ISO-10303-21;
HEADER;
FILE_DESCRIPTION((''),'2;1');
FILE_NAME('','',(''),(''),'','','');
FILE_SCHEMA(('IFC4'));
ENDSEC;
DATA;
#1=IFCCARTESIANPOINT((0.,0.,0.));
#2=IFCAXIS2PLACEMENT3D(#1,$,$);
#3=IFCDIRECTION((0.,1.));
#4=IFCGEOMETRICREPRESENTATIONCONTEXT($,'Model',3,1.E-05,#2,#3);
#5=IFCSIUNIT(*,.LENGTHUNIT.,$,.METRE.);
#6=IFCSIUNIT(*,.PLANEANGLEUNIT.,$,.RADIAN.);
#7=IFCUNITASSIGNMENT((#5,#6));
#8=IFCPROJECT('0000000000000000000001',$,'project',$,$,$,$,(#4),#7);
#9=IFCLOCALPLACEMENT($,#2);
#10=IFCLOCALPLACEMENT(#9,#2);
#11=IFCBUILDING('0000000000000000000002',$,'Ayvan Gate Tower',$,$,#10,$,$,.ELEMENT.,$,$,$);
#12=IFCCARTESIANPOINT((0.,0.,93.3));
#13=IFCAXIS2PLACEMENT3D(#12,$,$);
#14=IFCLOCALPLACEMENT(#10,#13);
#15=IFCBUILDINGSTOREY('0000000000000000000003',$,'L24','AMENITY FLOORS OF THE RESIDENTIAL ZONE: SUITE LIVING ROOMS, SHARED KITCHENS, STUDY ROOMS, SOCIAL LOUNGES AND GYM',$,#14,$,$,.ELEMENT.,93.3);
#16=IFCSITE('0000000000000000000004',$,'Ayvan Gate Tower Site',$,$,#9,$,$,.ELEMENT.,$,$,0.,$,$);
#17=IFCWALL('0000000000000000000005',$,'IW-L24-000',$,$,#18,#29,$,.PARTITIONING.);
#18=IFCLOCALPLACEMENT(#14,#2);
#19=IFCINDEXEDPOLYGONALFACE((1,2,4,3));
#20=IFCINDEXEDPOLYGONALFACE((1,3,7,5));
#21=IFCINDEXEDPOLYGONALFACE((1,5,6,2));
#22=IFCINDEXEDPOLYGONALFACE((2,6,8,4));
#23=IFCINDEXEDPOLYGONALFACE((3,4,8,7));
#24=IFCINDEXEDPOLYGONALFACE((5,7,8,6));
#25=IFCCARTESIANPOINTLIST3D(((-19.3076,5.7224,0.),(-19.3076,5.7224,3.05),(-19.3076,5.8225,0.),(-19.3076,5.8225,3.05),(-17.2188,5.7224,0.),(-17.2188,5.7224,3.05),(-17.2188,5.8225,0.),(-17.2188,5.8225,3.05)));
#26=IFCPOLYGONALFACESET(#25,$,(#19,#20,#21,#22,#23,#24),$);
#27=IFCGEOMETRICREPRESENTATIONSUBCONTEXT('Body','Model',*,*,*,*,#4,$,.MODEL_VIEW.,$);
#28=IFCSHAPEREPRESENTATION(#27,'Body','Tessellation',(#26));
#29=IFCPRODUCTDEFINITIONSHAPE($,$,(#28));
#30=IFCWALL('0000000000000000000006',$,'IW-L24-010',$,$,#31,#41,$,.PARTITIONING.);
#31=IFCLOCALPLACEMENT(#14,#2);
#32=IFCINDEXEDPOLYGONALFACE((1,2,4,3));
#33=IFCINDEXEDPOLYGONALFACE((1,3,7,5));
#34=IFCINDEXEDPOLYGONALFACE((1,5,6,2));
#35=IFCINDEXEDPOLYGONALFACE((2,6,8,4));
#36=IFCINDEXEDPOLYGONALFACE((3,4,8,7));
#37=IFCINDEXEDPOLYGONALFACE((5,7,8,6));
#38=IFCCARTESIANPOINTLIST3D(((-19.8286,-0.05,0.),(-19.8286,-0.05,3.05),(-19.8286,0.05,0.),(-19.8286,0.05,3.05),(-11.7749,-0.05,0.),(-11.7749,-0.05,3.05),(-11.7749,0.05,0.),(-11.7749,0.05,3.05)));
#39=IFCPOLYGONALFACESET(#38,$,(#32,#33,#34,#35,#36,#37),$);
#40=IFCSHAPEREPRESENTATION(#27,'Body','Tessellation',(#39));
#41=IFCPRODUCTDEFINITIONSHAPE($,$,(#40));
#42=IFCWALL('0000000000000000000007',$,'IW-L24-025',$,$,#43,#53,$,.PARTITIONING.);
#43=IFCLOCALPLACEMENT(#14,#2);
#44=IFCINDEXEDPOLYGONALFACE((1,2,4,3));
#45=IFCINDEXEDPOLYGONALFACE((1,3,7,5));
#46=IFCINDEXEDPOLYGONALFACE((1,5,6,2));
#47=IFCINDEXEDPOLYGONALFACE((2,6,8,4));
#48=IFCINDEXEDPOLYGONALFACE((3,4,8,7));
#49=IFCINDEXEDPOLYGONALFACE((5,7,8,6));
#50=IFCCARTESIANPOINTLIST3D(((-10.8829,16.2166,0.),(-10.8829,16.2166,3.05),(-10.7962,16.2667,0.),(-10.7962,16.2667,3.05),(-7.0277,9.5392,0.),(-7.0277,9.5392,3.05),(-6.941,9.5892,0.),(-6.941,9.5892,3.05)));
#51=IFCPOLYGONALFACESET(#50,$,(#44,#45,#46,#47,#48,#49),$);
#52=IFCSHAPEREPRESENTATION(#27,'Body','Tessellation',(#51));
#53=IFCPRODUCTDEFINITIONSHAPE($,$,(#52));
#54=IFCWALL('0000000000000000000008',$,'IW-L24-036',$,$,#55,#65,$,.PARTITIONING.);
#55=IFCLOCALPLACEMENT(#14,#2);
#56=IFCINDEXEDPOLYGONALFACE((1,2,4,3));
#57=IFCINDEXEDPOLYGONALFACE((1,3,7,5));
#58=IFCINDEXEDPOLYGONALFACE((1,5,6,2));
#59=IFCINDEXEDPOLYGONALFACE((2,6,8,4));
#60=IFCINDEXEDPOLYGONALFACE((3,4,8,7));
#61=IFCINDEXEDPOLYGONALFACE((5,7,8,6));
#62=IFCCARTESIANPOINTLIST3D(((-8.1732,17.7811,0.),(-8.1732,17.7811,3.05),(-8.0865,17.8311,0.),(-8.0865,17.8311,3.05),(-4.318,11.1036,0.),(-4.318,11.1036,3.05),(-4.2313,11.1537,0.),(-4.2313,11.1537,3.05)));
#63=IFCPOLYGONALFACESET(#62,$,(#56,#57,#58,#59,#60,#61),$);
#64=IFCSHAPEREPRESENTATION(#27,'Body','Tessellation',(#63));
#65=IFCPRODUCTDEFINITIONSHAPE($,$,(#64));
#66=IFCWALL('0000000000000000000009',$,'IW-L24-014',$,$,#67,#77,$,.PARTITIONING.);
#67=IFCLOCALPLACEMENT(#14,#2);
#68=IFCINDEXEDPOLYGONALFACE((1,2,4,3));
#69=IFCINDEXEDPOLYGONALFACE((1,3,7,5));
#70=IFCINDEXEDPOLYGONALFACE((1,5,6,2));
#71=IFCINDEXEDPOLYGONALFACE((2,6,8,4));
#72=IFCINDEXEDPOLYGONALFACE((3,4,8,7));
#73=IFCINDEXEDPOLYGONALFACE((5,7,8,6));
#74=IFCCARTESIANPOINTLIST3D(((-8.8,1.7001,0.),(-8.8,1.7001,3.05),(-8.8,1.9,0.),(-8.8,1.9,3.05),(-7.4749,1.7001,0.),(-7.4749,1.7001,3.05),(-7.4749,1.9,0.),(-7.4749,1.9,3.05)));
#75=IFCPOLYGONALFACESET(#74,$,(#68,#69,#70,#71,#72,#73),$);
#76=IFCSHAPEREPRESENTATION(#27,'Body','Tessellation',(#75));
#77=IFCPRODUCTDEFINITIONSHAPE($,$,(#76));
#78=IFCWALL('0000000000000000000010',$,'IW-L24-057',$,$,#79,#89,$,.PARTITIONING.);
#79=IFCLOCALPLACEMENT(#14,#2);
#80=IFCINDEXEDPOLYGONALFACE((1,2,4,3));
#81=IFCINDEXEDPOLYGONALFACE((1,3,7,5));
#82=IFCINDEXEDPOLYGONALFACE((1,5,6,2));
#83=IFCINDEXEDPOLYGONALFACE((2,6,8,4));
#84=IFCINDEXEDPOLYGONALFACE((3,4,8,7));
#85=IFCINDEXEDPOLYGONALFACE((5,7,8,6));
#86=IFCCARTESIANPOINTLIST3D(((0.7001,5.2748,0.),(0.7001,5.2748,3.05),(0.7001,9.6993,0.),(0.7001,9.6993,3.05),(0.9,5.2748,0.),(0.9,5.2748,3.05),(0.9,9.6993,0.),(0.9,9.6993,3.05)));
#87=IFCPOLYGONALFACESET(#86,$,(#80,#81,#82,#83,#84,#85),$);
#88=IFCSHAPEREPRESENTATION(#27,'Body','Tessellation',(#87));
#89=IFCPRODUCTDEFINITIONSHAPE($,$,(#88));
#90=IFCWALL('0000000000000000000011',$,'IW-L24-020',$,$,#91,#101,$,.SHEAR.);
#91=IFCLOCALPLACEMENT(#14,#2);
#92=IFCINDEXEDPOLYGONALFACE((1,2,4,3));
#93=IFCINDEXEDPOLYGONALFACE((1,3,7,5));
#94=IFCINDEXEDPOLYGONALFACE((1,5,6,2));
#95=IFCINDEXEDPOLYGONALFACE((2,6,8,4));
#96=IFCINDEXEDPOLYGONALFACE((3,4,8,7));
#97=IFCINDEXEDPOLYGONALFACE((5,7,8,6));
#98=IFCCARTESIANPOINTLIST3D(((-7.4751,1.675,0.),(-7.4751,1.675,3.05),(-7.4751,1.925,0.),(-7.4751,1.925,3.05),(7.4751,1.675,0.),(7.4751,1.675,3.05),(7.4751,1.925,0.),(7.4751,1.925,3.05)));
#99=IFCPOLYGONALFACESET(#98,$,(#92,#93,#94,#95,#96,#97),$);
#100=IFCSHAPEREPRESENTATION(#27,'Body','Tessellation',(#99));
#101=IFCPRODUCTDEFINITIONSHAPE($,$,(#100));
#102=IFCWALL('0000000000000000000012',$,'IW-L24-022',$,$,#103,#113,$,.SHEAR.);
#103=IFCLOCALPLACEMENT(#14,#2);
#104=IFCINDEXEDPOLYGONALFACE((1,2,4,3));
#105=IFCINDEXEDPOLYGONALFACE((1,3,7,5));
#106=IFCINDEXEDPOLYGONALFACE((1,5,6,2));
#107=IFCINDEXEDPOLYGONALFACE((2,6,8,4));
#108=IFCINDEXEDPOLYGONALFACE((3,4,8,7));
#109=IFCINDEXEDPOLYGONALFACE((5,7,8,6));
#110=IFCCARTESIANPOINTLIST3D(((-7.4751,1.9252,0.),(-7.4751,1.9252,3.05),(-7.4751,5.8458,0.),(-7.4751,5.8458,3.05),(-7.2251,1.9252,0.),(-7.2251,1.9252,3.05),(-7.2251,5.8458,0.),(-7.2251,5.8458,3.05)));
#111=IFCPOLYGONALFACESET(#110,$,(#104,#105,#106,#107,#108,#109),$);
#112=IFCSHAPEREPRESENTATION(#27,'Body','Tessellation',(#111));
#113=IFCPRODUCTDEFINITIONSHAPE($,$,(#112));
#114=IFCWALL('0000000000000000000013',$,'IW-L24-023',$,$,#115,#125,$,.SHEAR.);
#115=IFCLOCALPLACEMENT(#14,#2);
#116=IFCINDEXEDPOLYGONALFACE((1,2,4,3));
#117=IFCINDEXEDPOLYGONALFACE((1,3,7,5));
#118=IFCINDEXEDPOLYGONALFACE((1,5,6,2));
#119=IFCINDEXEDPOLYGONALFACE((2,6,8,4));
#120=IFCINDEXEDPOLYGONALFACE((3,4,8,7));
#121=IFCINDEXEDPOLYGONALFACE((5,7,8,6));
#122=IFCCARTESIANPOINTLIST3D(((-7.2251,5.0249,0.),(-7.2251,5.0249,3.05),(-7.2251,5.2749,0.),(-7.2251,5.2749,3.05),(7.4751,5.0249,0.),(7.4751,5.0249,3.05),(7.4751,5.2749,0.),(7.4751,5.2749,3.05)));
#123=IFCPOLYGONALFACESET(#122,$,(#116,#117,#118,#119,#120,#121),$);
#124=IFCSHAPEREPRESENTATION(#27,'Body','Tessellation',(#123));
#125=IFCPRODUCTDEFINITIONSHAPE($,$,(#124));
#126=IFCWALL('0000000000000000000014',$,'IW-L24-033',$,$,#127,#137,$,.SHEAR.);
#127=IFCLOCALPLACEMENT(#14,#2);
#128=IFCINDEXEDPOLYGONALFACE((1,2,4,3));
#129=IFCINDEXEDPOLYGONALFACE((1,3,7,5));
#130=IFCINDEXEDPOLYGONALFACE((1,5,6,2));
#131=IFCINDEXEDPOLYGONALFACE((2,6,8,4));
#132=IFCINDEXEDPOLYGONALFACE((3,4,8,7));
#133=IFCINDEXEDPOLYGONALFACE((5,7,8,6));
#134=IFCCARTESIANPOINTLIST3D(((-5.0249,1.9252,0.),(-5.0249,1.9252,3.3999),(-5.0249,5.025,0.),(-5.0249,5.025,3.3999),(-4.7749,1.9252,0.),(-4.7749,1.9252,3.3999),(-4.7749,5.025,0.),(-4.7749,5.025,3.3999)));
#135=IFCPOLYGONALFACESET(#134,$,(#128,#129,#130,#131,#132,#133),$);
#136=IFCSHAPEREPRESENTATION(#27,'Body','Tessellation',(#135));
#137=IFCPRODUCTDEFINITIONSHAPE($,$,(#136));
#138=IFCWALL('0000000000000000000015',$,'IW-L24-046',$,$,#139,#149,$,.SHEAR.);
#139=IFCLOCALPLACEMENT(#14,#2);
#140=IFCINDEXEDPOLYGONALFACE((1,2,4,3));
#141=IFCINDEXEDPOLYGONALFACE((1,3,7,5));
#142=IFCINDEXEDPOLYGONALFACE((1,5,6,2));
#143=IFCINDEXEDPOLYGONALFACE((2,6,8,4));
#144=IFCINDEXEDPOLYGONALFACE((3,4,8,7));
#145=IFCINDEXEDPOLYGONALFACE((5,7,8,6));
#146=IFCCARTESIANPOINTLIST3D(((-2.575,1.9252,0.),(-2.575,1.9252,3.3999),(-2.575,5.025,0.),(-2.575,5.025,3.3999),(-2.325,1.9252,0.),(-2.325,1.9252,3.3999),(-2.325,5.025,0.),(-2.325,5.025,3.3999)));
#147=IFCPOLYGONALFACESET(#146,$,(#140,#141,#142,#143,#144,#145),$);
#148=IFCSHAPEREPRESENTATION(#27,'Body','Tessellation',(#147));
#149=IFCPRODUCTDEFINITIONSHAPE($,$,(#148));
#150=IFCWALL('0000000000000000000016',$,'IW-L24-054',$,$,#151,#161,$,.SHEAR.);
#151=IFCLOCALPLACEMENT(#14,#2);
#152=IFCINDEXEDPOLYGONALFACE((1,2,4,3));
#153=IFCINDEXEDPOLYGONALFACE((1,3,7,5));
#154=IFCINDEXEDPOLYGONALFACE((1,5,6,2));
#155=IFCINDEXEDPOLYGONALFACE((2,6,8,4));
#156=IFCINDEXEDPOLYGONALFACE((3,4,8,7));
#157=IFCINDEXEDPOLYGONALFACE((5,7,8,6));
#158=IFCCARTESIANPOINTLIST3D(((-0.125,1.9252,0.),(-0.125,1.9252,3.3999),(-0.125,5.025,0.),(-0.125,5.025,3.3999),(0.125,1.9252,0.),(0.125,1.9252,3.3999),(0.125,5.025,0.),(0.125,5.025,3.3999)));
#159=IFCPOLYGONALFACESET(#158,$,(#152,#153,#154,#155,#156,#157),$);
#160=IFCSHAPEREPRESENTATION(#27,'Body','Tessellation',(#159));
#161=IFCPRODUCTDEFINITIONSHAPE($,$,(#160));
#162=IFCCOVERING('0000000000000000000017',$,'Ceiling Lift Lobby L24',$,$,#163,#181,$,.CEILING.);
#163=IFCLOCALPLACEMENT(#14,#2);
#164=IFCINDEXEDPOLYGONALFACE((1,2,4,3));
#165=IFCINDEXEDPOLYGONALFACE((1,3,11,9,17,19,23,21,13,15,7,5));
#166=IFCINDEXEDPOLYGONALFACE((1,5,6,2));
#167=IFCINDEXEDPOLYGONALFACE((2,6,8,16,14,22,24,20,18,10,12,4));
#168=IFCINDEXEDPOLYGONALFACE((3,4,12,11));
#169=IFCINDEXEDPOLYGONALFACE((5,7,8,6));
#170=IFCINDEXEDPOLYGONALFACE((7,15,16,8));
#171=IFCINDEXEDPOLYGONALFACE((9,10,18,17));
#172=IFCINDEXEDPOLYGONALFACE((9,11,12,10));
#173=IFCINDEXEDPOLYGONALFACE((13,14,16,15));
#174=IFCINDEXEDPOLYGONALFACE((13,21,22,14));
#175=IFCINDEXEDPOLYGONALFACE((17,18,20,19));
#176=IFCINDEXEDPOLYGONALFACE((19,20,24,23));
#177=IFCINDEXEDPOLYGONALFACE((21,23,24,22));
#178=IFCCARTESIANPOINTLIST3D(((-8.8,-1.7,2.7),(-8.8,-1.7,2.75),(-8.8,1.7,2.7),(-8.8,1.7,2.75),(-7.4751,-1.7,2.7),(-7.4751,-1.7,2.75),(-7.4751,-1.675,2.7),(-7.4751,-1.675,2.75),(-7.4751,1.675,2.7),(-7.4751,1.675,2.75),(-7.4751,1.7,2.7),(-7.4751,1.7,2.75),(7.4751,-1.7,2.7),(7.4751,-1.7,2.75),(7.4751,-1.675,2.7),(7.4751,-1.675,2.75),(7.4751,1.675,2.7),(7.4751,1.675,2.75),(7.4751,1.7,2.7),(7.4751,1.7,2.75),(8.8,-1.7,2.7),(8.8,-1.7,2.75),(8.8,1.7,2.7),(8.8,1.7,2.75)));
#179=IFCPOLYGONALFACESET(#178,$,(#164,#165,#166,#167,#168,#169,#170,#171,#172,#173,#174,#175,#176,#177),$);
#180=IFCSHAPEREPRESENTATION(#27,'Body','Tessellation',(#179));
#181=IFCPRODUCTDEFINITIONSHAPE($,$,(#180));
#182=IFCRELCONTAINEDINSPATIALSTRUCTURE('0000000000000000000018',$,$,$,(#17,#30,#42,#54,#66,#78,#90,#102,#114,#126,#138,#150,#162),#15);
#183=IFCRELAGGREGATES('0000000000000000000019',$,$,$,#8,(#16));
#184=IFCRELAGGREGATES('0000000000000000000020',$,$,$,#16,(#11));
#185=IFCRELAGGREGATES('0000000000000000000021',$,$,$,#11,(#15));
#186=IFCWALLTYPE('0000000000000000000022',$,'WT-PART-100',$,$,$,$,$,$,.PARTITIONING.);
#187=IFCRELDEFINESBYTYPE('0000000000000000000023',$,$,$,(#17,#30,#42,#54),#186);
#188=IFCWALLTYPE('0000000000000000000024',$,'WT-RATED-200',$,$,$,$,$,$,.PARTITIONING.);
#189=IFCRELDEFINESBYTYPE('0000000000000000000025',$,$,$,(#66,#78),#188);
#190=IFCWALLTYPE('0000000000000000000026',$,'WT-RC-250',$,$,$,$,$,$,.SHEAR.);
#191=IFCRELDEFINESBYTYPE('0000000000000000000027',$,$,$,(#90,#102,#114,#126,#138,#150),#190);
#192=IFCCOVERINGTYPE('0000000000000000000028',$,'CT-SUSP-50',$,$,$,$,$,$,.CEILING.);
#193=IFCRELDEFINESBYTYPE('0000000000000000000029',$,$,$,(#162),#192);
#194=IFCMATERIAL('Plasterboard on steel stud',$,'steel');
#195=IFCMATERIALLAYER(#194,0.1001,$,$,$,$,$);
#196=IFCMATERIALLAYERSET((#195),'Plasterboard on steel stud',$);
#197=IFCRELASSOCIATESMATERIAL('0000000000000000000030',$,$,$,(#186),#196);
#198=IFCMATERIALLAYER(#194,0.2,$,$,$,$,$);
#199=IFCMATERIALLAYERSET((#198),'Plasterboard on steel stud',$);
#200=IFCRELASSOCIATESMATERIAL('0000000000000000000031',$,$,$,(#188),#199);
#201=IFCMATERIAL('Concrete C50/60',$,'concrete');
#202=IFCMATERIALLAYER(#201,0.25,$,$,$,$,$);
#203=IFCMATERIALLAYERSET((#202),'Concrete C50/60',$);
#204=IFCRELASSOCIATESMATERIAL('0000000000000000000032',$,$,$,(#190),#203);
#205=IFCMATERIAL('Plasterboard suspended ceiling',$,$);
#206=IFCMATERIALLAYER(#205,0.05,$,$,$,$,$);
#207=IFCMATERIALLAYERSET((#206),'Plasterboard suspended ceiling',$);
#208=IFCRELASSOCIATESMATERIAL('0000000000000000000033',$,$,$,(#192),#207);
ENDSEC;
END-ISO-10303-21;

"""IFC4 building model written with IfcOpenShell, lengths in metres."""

from ifc_helpers import new_model, si_unit, direction, frame, frame_2d, origin, place, context, subcontext, project, spatial, polyline, rectangle, outline, extrude, material, layer, layer_set, type_object, element, save


model = new_model("IFC4")

# Units and contexts
model_context = context("Model", 3, precision=1e-05, world=origin(), true_north=direction((0.0, 1.0)))
body_context = subcontext(model_context, "Body", "Model", "MODEL_VIEW")
ifc_project = project(units=[si_unit("LENGTHUNIT", "METRE"), si_unit("PLANEANGLEUNIT", "RADIAN")], contexts=[model_context])

# Site, building, storey
site_placement = place(None, origin())
site = spatial("IfcSite", under=ifc_project, at=site_placement, Name="Ayvan Gate Tower Site", CompositionType="ELEMENT", RefElevation=0.0)
building_placement = place(site_placement, origin())
building = spatial("IfcBuilding", under=site, at=building_placement, Name="Ayvan Gate Tower", CompositionType="ELEMENT")
storey_placement = place(building_placement, frame((0.0, 0.0, 93.3)))
storey = spatial("IfcBuildingStorey", under=building, at=storey_placement, Name="L24", Description="AMENITY FLOORS OF THE RESIDENTIAL ZONE: SUITE LIVING ROOMS, SHARED KITCHENS, STUDY ROOMS, SOCIAL LOUNGES AND GYM", CompositionType="ELEMENT", Elevation=93.3)

# Shared definitions
ifc_material_1 = material(Name="Plasterboard on steel stud", Category="steel")

# Walls
ifc_layer_1 = layer(ifc_material_1, 0.1001)
ifc_layer_set_1 = layer_set([ifc_layer_1], Name="Plasterboard on steel stud")
wall_type_1 = type_object("IfcWallType", Name="WT-PART-100", PredefinedType="PARTITIONING", material=ifc_layer_set_1)
wall_1_placement = place(storey_placement, frame((-17.2188, 5.7725, 0.0), z_axis=(0.0, 0.0, 1.0), x_axis=(-1.0, 0.0, 0.0)))
element("IfcWall", 1, at=wall_1_placement, inside=storey, type_object=wall_type_1, Name="IW-L24-000", PredefinedType="PARTITIONING", context=body_context, shape_type="SweptSolid", body=[
    extrude(rectangle(XDim=2.0889, YDim=0.1001, at=frame_2d((1.0444, 0.0))), origin(), (0.0, 0.0, 1.0), 3.05),
])
wall_2_placement = place(storey_placement, frame((-11.7749, 0.0, 0.0), z_axis=(0.0, 0.0, 1.0), x_axis=(-1.0, 0.0, 0.0)))
element("IfcWall", 2, at=wall_2_placement, inside=storey, type_object=wall_type_1, Name="IW-L24-010", PredefinedType="PARTITIONING", context=body_context, shape_type="SweptSolid", body=[
    extrude(rectangle(XDim=8.0537, YDim=0.1001, at=frame_2d((4.0269, 0.0))), origin(), (0.0, 0.0, 1.0), 3.05),
])
for number, where, z_axis, x_axis, name in (
    (3, (-6.9844, 9.5642, 0.0), (0.0, 0.0, 1.0), (-0.499997, 0.866027, 0.0), "IW-L24-025"),
    (4, (-4.2747, 11.1287, 0.0), (0.0, 0.0, 1.0), (-0.499997, 0.866027, 0.0), "IW-L24-036"),
):
    element("IfcWall", number, at=place(storey_placement, frame(where, z_axis=z_axis, x_axis=x_axis)), inside=storey, type_object=wall_type_1, Name=name, PredefinedType="PARTITIONING", context=body_context, shape_type="SweptSolid", body=[
        extrude(rectangle(XDim=7.7104, YDim=0.1001, at=frame_2d((3.8552, 0.0))), origin(), (0.0, 0.0, 1.0), 3.05),
    ])
ifc_layer_2 = layer(ifc_material_1, 0.2)
ifc_layer_set_2 = layer_set([ifc_layer_2], Name="Plasterboard on steel stud")
wall_type_2 = type_object("IfcWallType", Name="WT-RATED-200", PredefinedType="PARTITIONING", material=ifc_layer_set_2)
wall_3_placement = place(storey_placement, frame((-8.8, 1.8, 0.0), z_axis=(0.0, 0.0, 1.0), x_axis=(1.0, 0.0, 0.0)))
element("IfcWall", 5, at=wall_3_placement, inside=storey, type_object=wall_type_2, Name="IW-L24-014", PredefinedType="PARTITIONING", context=body_context, shape_type="SweptSolid", body=[
    extrude(rectangle(XDim=1.3252, YDim=0.2, at=frame_2d((0.6626, 0.0))), origin(), (0.0, 0.0, 1.0), 3.05),
])
wall_4_placement = place(storey_placement, frame((0.8, 9.6995, 0.0), z_axis=(0.0, 0.0, 1.0), x_axis=(0.0, -1.0, 0.0)))
element("IfcWall", 6, at=wall_4_placement, inside=storey, type_object=wall_type_2, Name="IW-L24-057", PredefinedType="PARTITIONING", context=body_context, shape_type="SweptSolid", body=[
    extrude(rectangle(XDim=4.4246, YDim=0.2, at=frame_2d((2.2124, 0.0))), origin(), (0.0, 0.0, 1.0), 3.05),
])
ifc_material_2 = material(Name="Concrete C50/60", Category="concrete")
ifc_layer_3 = layer(ifc_material_2, 0.25)
ifc_layer_set_3 = layer_set([ifc_layer_3], Name="Concrete C50/60")
wall_type_3 = type_object("IfcWallType", Name="WT-RC-250", PredefinedType="SHEAR", material=ifc_layer_set_3)
wall_5_placement = place(storey_placement, frame((-7.4751, 1.8, 0.0), z_axis=(0.0, 0.0, 1.0), x_axis=(1.0, 0.0, 0.0)))
element("IfcWall", 7, at=wall_5_placement, inside=storey, type_object=wall_type_3, Name="IW-L24-020", PredefinedType="SHEAR", context=body_context, shape_type="SweptSolid", body=[
    extrude(rectangle(XDim=14.9502, YDim=0.25, at=frame_2d((7.4751, 0.0))), origin(), (0.0, 0.0, 1.0), 3.05),
])
wall_6_placement = place(storey_placement, frame((-7.3501, 1.925, 0.0), z_axis=(0.0, 0.0, 1.0), x_axis=(0.0, 1.0, 0.0)))
element("IfcWall", 8, at=wall_6_placement, inside=storey, type_object=wall_type_3, Name="IW-L24-022", PredefinedType="SHEAR", context=body_context, shape_type="SweptSolid", body=[
    extrude(rectangle(XDim=3.9207, YDim=0.25, at=frame_2d((1.9604, 0.0))), origin(), (0.0, 0.0, 1.0), 3.05),
])
wall_7_placement = place(storey_placement, frame((-7.2251, 5.1499, 0.0), z_axis=(0.0, 0.0, 1.0), x_axis=(1.0, 0.0, 0.0)))
element("IfcWall", 9, at=wall_7_placement, inside=storey, type_object=wall_type_3, Name="IW-L24-023", PredefinedType="SHEAR", context=body_context, shape_type="SweptSolid", body=[
    extrude(rectangle(XDim=14.7002, YDim=0.25, at=frame_2d((7.3501, 0.0))), origin(), (0.0, 0.0, 1.0), 3.05),
])
for number, where, z_axis, x_axis, name in (
    (10, (-4.8999, 5.0249, 0.0), (0.0, 0.0, 1.0), (0.0, -1.0, 0.0), "IW-L24-033"),
    (11, (-2.45, 5.0249, 0.0), (0.0, 0.0, 1.0), (0.0, -1.0, 0.0), "IW-L24-046"),
    (12, (0.0, 5.0249, 0.0), (0.0, 0.0, 1.0), (0.0, -1.0, 0.0), "IW-L24-054"),
):
    element("IfcWall", number, at=place(storey_placement, frame(where, z_axis=z_axis, x_axis=x_axis)), inside=storey, type_object=wall_type_3, Name=name, PredefinedType="SHEAR", context=body_context, shape_type="SweptSolid", body=[
        extrude(rectangle(XDim=3.0999, YDim=0.25, at=frame_2d((1.5498, 0.0))), origin(), (0.0, 0.0, 1.0), 3.3999),
    ])

# Covering
ifc_material_3 = material(Name="Plasterboard suspended ceiling")
ifc_layer_4 = layer(ifc_material_3, 0.05)
ifc_layer_set_4 = layer_set([ifc_layer_4], Name="Plasterboard suspended ceiling")
covering_type = type_object("IfcCoveringType", Name="CT-SUSP-50", PredefinedType="CEILING", material=ifc_layer_set_4)
covering_1_placement = place(storey_placement, frame((0.0, 0.0, 2.7)))
element("IfcCovering", 13, at=covering_1_placement, inside=storey, type_object=covering_type, Name="Ceiling Lift Lobby L24", PredefinedType="CEILING", context=body_context, shape_type="SweptSolid", body=[
    extrude(outline(polyline([(7.4751, -1.675), (-7.4751, -1.675), (-7.4751, -1.7), (-8.8, -1.7), (-8.8, 1.7), (-7.4751, 1.7), (-7.4751, 1.675), (7.4751, 1.675), (7.4751, 1.7), (8.8, 1.7), (8.8, -1.7), (7.4751, -1.7), (7.4751, -1.675)])), origin(), (0.0, 0.0, 1.0), 0.05),
])

save(model, "model.ifc")
